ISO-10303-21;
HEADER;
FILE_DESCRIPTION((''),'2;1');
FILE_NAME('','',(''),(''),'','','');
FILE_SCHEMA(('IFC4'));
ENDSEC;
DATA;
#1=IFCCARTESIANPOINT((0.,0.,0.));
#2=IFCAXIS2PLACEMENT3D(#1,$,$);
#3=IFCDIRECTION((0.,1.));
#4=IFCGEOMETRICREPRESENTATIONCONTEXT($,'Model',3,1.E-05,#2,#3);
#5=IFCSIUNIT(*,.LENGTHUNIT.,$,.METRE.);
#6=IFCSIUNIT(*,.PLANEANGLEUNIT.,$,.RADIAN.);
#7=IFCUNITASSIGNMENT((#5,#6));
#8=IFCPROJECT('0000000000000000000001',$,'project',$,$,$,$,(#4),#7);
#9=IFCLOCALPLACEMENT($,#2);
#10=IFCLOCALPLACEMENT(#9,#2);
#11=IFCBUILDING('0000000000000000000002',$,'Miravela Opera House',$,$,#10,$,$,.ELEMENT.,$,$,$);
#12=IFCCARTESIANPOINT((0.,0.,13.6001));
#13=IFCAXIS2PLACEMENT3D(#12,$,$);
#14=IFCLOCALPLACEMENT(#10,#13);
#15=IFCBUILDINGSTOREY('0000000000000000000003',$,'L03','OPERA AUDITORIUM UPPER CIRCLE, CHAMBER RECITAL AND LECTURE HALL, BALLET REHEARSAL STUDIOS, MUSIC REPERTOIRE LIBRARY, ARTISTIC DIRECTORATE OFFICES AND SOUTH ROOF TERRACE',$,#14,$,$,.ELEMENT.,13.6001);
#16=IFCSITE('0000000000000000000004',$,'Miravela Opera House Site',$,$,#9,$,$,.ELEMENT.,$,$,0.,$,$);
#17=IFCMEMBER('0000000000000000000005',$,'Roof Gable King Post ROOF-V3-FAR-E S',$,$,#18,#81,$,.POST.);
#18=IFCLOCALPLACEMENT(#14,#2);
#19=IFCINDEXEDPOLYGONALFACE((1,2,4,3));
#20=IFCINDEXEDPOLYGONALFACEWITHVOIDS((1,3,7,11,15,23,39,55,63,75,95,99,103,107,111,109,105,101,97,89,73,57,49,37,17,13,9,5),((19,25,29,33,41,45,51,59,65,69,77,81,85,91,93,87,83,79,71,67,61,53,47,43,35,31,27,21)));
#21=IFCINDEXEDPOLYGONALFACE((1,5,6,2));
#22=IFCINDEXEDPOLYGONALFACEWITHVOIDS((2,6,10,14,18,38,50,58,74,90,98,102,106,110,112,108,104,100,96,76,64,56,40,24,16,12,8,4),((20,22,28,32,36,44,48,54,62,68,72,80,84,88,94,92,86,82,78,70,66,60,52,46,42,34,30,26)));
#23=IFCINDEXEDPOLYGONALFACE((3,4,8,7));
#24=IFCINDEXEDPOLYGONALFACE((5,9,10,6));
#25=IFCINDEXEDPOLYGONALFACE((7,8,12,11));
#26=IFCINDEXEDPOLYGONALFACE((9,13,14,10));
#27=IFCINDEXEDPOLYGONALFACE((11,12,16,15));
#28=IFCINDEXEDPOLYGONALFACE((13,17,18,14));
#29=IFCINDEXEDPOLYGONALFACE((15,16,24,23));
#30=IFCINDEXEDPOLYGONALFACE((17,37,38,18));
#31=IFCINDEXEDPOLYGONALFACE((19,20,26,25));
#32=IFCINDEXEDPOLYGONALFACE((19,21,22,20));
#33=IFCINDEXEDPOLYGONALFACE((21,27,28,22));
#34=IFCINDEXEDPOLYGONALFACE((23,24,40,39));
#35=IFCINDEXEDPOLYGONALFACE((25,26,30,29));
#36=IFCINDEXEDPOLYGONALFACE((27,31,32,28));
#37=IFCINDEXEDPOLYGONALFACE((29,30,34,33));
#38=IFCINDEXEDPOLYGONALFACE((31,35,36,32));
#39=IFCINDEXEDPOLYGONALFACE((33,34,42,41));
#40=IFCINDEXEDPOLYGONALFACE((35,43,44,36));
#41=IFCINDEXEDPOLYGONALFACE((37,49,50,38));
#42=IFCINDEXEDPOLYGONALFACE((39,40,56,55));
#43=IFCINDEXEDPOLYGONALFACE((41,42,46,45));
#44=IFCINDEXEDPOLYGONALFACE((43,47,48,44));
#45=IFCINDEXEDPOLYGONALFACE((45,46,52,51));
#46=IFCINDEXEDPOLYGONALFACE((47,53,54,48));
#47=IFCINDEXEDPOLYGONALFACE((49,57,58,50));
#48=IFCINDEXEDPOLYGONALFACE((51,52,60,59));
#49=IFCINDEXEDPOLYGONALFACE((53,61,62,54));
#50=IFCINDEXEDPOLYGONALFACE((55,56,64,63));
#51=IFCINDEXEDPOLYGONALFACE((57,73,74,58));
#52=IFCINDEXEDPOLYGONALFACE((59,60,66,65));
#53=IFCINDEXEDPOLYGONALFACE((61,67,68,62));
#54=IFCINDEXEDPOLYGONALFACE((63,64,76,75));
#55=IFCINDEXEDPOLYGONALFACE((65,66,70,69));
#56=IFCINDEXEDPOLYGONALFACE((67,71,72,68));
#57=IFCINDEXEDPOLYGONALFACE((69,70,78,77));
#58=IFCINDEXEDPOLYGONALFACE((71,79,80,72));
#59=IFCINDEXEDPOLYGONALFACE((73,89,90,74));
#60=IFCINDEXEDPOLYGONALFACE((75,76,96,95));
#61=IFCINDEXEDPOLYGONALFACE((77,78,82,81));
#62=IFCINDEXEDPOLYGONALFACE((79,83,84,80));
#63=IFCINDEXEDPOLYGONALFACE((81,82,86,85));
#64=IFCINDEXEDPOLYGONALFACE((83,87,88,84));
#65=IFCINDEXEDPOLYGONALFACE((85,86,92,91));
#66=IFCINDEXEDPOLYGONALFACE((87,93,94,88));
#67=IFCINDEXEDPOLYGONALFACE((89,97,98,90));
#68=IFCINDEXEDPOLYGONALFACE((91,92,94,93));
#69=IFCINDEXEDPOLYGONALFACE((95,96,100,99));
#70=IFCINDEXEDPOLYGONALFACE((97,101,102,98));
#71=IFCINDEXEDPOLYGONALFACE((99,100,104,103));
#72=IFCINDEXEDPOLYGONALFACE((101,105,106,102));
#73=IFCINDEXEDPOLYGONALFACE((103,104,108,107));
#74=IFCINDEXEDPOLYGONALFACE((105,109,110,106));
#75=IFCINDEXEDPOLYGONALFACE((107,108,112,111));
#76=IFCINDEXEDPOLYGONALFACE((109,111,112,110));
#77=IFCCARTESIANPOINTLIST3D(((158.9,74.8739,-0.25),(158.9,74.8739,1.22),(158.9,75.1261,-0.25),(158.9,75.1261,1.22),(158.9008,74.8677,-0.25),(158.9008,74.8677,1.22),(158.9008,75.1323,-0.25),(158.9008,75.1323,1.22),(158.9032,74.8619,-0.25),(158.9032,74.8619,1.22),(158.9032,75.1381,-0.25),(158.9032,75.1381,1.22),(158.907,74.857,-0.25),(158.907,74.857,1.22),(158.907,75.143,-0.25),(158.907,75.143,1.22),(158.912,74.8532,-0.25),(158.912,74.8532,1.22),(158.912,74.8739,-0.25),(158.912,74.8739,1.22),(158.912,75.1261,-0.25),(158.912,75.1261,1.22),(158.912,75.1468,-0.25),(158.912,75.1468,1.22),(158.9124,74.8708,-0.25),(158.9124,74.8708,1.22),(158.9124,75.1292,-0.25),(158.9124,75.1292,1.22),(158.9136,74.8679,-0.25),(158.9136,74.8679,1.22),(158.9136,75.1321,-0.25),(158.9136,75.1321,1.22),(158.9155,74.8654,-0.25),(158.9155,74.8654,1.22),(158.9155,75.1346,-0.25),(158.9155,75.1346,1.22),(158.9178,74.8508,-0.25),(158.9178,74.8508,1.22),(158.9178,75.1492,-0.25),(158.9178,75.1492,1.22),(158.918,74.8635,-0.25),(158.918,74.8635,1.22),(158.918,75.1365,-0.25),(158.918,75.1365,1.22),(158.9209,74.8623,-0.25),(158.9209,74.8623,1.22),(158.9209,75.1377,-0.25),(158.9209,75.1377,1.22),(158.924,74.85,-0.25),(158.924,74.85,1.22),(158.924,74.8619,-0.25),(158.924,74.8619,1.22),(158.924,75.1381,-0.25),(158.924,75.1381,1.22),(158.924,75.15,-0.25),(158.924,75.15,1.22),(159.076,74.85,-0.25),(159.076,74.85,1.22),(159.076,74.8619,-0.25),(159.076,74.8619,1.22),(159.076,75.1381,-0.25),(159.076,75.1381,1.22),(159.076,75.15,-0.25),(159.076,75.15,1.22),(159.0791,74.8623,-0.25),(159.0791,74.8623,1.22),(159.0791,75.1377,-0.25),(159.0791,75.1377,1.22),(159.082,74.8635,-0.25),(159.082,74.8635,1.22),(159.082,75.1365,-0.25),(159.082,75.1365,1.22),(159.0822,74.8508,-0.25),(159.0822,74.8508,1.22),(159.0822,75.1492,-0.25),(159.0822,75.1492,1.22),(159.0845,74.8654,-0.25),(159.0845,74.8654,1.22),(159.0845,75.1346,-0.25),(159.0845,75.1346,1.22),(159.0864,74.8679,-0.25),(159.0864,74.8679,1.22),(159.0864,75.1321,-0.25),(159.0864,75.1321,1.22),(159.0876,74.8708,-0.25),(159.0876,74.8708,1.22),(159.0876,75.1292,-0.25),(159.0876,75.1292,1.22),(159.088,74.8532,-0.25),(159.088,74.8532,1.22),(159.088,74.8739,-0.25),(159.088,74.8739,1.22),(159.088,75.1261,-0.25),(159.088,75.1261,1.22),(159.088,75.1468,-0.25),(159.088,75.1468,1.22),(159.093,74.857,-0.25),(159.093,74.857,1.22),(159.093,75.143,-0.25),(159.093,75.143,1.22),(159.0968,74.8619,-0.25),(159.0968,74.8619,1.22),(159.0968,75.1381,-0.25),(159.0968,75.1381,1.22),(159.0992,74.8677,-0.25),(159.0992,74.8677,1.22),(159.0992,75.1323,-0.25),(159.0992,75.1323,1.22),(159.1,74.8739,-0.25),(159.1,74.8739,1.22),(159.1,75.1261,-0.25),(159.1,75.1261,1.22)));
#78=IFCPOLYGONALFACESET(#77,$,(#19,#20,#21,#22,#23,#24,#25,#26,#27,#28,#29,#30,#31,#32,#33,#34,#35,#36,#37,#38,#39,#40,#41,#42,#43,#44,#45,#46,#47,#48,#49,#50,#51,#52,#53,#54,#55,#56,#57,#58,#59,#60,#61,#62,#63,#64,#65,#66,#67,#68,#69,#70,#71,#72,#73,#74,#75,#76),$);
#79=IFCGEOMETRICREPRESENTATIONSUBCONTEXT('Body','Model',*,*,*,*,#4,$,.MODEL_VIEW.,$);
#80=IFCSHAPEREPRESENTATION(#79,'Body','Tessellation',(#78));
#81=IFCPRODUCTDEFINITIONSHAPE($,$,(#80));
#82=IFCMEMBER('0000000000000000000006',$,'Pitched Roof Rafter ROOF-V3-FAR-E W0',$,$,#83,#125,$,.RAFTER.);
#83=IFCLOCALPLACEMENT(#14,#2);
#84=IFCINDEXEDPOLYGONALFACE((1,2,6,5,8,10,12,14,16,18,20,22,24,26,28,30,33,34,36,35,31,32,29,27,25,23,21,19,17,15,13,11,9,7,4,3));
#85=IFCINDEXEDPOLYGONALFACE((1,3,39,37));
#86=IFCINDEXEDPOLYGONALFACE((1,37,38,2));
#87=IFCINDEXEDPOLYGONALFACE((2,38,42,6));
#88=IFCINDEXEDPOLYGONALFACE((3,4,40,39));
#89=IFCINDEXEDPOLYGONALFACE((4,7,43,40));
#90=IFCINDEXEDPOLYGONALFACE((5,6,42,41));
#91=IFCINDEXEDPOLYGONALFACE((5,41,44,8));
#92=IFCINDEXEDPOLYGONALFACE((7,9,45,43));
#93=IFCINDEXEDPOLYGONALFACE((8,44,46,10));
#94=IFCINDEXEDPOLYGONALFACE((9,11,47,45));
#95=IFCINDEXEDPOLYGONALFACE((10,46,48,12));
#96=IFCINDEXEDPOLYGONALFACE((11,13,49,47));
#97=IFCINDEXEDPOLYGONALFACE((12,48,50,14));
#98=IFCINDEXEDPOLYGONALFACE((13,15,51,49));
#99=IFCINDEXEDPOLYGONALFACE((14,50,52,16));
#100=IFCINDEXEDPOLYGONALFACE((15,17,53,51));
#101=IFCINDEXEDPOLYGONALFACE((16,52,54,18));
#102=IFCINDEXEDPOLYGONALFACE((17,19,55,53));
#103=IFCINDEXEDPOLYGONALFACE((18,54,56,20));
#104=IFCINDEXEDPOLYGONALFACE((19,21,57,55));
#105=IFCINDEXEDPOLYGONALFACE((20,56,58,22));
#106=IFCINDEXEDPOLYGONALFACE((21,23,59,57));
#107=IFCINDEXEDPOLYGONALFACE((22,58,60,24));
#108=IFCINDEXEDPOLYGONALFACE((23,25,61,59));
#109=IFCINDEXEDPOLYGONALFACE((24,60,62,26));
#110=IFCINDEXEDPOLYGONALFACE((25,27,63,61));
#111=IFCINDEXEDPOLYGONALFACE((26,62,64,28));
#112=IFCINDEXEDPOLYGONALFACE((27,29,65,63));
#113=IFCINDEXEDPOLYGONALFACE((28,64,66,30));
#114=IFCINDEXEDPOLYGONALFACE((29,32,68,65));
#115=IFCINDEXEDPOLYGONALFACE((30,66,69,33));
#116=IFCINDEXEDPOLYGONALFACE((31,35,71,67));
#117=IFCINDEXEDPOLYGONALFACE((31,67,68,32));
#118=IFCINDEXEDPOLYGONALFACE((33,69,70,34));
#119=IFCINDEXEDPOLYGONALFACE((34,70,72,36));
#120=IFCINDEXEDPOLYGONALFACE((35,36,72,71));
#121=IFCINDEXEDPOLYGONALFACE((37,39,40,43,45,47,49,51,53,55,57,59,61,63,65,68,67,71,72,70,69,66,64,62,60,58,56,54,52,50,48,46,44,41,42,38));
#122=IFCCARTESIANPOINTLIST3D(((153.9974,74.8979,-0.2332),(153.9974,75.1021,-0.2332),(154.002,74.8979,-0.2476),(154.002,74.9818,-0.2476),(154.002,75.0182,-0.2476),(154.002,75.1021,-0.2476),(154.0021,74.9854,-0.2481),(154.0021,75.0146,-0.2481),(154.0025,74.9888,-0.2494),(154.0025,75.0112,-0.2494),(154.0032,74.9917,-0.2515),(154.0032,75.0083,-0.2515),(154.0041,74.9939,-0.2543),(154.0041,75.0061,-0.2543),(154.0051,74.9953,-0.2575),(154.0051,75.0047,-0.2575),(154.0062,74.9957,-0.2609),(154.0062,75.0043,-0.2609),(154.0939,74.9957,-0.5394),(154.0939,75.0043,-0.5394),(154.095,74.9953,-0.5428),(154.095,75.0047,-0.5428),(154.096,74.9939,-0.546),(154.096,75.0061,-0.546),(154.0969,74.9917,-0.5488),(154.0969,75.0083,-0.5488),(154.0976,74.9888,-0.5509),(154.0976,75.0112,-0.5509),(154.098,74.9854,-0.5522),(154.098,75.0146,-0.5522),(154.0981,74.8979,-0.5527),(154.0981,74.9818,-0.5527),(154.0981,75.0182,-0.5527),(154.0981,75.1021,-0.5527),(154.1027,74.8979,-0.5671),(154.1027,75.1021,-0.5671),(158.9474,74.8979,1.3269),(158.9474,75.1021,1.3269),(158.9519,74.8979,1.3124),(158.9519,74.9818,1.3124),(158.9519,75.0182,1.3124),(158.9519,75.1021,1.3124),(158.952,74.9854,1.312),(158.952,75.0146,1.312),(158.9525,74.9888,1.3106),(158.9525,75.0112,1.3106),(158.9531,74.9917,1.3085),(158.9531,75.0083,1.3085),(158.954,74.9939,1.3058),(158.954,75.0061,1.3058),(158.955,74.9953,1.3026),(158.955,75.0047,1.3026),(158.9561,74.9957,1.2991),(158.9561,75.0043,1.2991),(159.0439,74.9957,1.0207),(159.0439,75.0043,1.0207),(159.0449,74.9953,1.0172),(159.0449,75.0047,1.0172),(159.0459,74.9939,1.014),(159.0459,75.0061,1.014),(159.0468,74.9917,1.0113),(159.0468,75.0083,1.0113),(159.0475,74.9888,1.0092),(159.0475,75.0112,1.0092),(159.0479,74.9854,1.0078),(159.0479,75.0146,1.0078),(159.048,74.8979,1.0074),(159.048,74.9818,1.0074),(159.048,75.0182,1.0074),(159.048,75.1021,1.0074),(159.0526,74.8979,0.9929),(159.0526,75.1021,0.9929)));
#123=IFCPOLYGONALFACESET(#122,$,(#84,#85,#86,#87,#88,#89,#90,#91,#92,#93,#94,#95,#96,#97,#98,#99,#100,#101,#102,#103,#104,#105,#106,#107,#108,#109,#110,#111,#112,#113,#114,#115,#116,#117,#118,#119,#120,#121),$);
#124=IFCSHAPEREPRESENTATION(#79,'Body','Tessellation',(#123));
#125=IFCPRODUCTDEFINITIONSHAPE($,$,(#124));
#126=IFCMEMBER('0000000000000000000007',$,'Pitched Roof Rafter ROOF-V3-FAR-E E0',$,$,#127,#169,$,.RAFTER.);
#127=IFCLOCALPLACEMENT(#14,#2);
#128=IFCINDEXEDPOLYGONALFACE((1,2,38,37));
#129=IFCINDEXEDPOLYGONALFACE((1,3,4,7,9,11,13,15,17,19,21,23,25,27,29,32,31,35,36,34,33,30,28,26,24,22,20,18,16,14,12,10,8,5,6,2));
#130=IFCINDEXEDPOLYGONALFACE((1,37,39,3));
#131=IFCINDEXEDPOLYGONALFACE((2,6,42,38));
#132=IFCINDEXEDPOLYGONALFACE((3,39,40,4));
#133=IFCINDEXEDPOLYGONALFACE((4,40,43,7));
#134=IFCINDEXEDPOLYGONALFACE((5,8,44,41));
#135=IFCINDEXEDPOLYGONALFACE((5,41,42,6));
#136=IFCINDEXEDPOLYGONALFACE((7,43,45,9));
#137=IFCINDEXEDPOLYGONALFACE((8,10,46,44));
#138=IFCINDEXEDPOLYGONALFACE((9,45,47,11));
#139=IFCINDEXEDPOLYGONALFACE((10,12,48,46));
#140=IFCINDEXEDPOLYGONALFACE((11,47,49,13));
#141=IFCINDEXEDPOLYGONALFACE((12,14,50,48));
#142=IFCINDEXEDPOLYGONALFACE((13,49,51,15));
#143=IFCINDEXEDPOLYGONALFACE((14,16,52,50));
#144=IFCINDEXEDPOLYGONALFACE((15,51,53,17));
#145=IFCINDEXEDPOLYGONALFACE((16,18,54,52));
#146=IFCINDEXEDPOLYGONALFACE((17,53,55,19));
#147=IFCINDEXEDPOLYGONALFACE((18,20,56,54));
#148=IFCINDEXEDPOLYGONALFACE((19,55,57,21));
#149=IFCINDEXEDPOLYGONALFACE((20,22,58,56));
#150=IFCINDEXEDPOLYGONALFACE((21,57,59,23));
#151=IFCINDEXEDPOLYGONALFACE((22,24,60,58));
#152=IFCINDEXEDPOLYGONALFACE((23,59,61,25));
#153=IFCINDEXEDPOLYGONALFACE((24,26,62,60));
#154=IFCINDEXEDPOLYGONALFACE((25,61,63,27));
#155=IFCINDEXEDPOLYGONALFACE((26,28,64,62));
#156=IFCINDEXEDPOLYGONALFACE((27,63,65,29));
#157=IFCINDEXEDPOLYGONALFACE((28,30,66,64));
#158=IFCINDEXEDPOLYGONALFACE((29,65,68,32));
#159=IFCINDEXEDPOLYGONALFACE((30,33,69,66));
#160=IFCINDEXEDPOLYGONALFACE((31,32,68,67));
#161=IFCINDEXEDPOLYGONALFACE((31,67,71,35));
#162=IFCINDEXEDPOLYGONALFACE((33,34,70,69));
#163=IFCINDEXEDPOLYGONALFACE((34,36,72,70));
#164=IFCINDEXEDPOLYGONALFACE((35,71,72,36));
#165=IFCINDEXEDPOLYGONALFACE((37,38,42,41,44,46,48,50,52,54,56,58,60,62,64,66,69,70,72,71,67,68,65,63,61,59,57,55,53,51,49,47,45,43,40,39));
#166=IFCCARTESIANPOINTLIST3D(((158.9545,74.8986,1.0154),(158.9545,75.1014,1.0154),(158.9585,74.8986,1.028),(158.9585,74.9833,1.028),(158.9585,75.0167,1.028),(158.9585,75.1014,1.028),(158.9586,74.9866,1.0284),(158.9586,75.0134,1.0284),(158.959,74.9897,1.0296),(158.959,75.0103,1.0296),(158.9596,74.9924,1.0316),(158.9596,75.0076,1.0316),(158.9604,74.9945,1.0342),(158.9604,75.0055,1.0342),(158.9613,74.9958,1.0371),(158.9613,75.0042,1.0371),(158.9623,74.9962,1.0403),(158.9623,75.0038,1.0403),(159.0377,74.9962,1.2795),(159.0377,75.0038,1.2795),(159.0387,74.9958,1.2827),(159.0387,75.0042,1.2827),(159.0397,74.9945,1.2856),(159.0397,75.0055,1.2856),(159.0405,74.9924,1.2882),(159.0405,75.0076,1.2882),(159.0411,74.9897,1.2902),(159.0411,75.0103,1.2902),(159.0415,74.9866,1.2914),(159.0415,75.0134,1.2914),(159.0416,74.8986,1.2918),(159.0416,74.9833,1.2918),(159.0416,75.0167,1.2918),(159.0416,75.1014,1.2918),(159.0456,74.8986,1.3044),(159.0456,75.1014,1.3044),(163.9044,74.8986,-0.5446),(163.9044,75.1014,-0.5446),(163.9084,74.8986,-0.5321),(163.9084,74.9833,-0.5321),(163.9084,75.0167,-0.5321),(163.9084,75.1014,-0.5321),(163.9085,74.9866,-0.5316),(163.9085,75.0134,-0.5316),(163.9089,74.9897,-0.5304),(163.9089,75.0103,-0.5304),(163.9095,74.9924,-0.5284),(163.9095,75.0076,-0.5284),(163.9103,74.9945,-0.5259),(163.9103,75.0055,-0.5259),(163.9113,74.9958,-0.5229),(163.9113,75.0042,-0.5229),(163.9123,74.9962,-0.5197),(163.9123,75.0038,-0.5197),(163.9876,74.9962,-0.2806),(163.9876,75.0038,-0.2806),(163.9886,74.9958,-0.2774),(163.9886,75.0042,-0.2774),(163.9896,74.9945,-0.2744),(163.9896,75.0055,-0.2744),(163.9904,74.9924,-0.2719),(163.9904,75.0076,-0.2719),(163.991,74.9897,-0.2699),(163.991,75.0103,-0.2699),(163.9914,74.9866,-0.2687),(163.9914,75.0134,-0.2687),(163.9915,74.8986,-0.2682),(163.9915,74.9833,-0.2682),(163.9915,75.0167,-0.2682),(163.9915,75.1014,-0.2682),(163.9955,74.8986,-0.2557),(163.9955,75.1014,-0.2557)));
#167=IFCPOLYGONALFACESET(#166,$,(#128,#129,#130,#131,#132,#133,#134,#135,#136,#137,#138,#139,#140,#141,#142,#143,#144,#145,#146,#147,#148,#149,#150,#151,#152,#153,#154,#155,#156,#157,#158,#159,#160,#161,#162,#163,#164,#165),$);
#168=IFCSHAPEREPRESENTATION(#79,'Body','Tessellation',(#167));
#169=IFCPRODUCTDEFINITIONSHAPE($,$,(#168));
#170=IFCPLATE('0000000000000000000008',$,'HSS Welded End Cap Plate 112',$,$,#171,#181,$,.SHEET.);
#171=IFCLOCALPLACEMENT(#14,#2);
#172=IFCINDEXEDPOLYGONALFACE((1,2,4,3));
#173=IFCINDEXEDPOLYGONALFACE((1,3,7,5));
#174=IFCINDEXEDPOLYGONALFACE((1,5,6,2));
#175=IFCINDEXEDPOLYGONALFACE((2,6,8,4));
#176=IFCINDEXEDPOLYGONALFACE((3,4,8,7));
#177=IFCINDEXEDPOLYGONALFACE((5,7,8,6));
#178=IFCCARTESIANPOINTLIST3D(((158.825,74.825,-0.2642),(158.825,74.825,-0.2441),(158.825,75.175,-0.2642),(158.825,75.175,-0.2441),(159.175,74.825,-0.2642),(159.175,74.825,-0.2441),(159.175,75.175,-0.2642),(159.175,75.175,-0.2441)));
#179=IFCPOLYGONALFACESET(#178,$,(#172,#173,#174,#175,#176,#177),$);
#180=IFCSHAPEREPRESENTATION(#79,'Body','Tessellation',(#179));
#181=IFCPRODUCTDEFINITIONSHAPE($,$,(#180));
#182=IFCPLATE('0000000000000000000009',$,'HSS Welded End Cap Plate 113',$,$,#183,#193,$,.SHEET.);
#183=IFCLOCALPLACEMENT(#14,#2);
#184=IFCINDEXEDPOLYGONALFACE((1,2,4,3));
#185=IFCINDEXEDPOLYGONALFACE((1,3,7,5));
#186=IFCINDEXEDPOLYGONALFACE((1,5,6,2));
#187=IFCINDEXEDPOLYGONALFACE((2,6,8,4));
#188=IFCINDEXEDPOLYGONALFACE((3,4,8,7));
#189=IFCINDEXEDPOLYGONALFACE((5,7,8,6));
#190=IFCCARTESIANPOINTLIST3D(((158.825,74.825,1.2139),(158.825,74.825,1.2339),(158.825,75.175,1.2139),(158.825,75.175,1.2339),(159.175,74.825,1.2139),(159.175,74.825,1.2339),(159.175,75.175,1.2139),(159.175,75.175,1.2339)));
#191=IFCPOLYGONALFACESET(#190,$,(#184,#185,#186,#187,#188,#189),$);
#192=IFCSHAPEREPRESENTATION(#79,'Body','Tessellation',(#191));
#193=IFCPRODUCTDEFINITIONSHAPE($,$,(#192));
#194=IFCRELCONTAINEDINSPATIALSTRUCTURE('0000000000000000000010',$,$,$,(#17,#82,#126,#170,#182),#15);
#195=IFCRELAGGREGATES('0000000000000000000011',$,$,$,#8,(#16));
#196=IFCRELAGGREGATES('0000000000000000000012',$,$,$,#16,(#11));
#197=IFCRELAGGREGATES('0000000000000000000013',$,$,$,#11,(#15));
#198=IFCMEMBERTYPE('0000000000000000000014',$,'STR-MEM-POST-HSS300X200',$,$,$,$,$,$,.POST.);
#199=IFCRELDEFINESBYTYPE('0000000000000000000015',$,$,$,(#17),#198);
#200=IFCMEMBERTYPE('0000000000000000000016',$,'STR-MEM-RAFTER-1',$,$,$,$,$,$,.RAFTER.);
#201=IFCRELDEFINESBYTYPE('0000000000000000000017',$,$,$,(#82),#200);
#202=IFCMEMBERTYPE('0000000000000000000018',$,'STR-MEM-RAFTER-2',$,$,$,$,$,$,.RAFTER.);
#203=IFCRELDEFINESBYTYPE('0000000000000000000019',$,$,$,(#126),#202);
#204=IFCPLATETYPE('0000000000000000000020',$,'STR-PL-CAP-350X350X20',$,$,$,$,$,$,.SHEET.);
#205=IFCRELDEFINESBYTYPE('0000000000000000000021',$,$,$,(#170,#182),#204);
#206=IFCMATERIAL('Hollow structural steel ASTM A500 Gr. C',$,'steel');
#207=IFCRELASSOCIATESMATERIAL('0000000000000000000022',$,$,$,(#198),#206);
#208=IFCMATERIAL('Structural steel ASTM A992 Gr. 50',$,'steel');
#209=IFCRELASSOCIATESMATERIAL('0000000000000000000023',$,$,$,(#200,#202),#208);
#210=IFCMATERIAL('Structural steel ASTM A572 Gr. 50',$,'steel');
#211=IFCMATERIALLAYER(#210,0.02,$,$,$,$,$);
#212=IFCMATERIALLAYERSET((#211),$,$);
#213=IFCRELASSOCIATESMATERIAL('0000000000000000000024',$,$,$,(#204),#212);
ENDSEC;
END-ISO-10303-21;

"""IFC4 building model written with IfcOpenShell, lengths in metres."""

from ifc_helpers import new_model, si_unit, direction, frame, origin, origin_2d, place, context, subcontext, project, spatial, rectangle, hollow_rectangle, i_section, extrude, material, layer, layer_set, material_profile, profile_set, type_object, element, save


model = new_model("IFC4")

# Units and contexts
model_context = context("Model", 3, precision=1e-05, world=origin(), true_north=direction((0.0, 1.0)))
body_context = subcontext(model_context, "Body", "Model", "MODEL_VIEW")
ifc_project = project(units=[si_unit("LENGTHUNIT", "METRE"), si_unit("PLANEANGLEUNIT", "RADIAN")], contexts=[model_context])

# Site, building, storey
site_placement = place(None, origin())
site = spatial("IfcSite", under=ifc_project, at=site_placement, Name="Miravela Opera House Site", CompositionType="ELEMENT", RefElevation=0.0)
building_placement = place(site_placement, origin())
building = spatial("IfcBuilding", under=site, at=building_placement, Name="Miravela Opera House", CompositionType="ELEMENT")
storey_placement = place(building_placement, frame((0.0, 0.0, 13.6001)))
storey = spatial("IfcBuildingStorey", under=building, at=storey_placement, Name="L03", Description="OPERA AUDITORIUM UPPER CIRCLE, CHAMBER RECITAL AND LECTURE HALL, BALLET REHEARSAL STUDIOS, MUSIC REPERTOIRE LIBRARY, ARTISTIC DIRECTORATE OFFICES AND SOUTH ROOF TERRACE", CompositionType="ELEMENT", Elevation=13.6001)

# Shared definitions
ifc_material_1 = material(Name="Structural steel ASTM A992 Gr. 50", Category="steel")

# Members
ifc_material_2 = material(Name="Hollow structural steel ASTM A500 Gr. C", Category="steel")
ifc_material_profile_1 = material_profile(ifc_material_2, hollow_rectangle(XDim=0.2, YDim=0.3, WallThickness=0.012, InnerFilletRadius=0.012, OuterFilletRadius=0.0239, at=origin_2d()), Name="HSS300X200X12")
ifc_profile_set_1 = profile_set([ifc_material_profile_1])
member_type_1 = type_object("IfcMemberType", Name="STR-MEM-POST-HSS300X200", PredefinedType="POST", material=ifc_profile_set_1)
member_1_placement = place(storey_placement, frame((159.0, 75.0, -0.25), z_axis=(0.0, 0.0, 1.0), x_axis=(1.0, 0.0, 0.0)))
element("IfcMember", 1, at=member_1_placement, inside=storey, type_object=member_type_1, Name="Roof Gable King Post ROOF-V3-FAR-E S", PredefinedType="POST", context=body_context, shape_type="SweptSolid", body=[
    extrude(hollow_rectangle(XDim=0.2, YDim=0.3, WallThickness=0.012, InnerFilletRadius=0.012, OuterFilletRadius=0.0239, at=origin_2d()), origin(), (0.0, 0.0, 1.0), 1.47),
])
ifc_material_profile_2 = material_profile(ifc_material_1, i_section(OverallWidth=0.2041, OverallDepth=0.3501, WebThickness=0.0085, FlangeThickness=0.0151, FilletRadius=0.0139, at=origin_2d()), Name="W360X72")
ifc_profile_set_2 = profile_set([ifc_material_profile_2])
member_type_2 = type_object("IfcMemberType", Name="STR-MEM-RAFTER-1", PredefinedType="RAFTER", material=ifc_profile_set_2)
member_2_placement = place(storey_placement, frame((154.05, 75.0, -0.4001), z_axis=(0.953753, 0.0, 0.300591), x_axis=(0.0, 1.0, 0.0)))
element("IfcMember", 2, at=member_2_placement, inside=storey, type_object=member_type_2, Name="Pitched Roof Rafter ROOF-V3-FAR-E W0", PredefinedType="RAFTER", context=body_context, shape_type="SweptSolid", body=[
    extrude(i_section(OverallWidth=0.2041, OverallDepth=0.3501, WebThickness=0.0085, FlangeThickness=0.0151, FilletRadius=0.0139, at=origin_2d()), origin(), (0.0, 0.0, 1.0), 5.1899),
])
ifc_material_profile_3 = material_profile(ifc_material_1, i_section(OverallWidth=0.2029, OverallDepth=0.303, WebThickness=0.0076, FlangeThickness=0.0132, FilletRadius=0.0129, at=origin_2d()), Name="W310X60")
ifc_profile_set_3 = profile_set([ifc_material_profile_3])
member_type_3 = type_object("IfcMemberType", Name="STR-MEM-RAFTER-2", PredefinedType="RAFTER", material=ifc_profile_set_3)
member_3_placement = place(storey_placement, frame((163.95, 75.0, -0.4001), z_axis=(-0.953753, 0.0, 0.300591), x_axis=(0.0, -1.0, 0.0)))
element("IfcMember", 3, at=member_3_placement, inside=storey, type_object=member_type_3, Name="Pitched Roof Rafter ROOF-V3-FAR-E E0", PredefinedType="RAFTER", context=body_context, shape_type="SweptSolid", body=[
    extrude(i_section(OverallWidth=0.2029, OverallDepth=0.303, WebThickness=0.0076, FlangeThickness=0.0132, FilletRadius=0.0129, at=origin_2d()), origin(), (0.0, 0.0, 1.0), 5.1899),
])

# Plates
ifc_material_3 = material(Name="Structural steel ASTM A572 Gr. 50", Category="steel")
ifc_layer_1 = layer(ifc_material_3, 0.02)
ifc_layer_set_1 = layer_set([ifc_layer_1])
plate_type = type_object("IfcPlateType", Name="STR-PL-CAP-350X350X20", PredefinedType="SHEET", material=ifc_layer_set_1)
for number, where, z_axis, x_axis, name in (
    (4, (159.0, 75.0, -0.2642), (0.0, 0.0, 1.0), (1.0, 0.0, 0.0), "HSS Welded End Cap Plate 112"),
    (5, (159.0, 75.0, 1.2139), (0.0, 0.0, 1.0), (1.0, 0.0, 0.0), "HSS Welded End Cap Plate 113"),
):
    element("IfcPlate", number, at=place(storey_placement, frame(where, z_axis=z_axis, x_axis=x_axis)), inside=storey, type_object=plate_type, Name=name, PredefinedType="SHEET", context=body_context, shape_type="SweptSolid", body=[
        extrude(rectangle(XDim=0.3501, YDim=0.3501, at=origin_2d()), origin(), (0.0, 0.0, 1.0), 0.02),
    ])

save(model, "model.ifc")
